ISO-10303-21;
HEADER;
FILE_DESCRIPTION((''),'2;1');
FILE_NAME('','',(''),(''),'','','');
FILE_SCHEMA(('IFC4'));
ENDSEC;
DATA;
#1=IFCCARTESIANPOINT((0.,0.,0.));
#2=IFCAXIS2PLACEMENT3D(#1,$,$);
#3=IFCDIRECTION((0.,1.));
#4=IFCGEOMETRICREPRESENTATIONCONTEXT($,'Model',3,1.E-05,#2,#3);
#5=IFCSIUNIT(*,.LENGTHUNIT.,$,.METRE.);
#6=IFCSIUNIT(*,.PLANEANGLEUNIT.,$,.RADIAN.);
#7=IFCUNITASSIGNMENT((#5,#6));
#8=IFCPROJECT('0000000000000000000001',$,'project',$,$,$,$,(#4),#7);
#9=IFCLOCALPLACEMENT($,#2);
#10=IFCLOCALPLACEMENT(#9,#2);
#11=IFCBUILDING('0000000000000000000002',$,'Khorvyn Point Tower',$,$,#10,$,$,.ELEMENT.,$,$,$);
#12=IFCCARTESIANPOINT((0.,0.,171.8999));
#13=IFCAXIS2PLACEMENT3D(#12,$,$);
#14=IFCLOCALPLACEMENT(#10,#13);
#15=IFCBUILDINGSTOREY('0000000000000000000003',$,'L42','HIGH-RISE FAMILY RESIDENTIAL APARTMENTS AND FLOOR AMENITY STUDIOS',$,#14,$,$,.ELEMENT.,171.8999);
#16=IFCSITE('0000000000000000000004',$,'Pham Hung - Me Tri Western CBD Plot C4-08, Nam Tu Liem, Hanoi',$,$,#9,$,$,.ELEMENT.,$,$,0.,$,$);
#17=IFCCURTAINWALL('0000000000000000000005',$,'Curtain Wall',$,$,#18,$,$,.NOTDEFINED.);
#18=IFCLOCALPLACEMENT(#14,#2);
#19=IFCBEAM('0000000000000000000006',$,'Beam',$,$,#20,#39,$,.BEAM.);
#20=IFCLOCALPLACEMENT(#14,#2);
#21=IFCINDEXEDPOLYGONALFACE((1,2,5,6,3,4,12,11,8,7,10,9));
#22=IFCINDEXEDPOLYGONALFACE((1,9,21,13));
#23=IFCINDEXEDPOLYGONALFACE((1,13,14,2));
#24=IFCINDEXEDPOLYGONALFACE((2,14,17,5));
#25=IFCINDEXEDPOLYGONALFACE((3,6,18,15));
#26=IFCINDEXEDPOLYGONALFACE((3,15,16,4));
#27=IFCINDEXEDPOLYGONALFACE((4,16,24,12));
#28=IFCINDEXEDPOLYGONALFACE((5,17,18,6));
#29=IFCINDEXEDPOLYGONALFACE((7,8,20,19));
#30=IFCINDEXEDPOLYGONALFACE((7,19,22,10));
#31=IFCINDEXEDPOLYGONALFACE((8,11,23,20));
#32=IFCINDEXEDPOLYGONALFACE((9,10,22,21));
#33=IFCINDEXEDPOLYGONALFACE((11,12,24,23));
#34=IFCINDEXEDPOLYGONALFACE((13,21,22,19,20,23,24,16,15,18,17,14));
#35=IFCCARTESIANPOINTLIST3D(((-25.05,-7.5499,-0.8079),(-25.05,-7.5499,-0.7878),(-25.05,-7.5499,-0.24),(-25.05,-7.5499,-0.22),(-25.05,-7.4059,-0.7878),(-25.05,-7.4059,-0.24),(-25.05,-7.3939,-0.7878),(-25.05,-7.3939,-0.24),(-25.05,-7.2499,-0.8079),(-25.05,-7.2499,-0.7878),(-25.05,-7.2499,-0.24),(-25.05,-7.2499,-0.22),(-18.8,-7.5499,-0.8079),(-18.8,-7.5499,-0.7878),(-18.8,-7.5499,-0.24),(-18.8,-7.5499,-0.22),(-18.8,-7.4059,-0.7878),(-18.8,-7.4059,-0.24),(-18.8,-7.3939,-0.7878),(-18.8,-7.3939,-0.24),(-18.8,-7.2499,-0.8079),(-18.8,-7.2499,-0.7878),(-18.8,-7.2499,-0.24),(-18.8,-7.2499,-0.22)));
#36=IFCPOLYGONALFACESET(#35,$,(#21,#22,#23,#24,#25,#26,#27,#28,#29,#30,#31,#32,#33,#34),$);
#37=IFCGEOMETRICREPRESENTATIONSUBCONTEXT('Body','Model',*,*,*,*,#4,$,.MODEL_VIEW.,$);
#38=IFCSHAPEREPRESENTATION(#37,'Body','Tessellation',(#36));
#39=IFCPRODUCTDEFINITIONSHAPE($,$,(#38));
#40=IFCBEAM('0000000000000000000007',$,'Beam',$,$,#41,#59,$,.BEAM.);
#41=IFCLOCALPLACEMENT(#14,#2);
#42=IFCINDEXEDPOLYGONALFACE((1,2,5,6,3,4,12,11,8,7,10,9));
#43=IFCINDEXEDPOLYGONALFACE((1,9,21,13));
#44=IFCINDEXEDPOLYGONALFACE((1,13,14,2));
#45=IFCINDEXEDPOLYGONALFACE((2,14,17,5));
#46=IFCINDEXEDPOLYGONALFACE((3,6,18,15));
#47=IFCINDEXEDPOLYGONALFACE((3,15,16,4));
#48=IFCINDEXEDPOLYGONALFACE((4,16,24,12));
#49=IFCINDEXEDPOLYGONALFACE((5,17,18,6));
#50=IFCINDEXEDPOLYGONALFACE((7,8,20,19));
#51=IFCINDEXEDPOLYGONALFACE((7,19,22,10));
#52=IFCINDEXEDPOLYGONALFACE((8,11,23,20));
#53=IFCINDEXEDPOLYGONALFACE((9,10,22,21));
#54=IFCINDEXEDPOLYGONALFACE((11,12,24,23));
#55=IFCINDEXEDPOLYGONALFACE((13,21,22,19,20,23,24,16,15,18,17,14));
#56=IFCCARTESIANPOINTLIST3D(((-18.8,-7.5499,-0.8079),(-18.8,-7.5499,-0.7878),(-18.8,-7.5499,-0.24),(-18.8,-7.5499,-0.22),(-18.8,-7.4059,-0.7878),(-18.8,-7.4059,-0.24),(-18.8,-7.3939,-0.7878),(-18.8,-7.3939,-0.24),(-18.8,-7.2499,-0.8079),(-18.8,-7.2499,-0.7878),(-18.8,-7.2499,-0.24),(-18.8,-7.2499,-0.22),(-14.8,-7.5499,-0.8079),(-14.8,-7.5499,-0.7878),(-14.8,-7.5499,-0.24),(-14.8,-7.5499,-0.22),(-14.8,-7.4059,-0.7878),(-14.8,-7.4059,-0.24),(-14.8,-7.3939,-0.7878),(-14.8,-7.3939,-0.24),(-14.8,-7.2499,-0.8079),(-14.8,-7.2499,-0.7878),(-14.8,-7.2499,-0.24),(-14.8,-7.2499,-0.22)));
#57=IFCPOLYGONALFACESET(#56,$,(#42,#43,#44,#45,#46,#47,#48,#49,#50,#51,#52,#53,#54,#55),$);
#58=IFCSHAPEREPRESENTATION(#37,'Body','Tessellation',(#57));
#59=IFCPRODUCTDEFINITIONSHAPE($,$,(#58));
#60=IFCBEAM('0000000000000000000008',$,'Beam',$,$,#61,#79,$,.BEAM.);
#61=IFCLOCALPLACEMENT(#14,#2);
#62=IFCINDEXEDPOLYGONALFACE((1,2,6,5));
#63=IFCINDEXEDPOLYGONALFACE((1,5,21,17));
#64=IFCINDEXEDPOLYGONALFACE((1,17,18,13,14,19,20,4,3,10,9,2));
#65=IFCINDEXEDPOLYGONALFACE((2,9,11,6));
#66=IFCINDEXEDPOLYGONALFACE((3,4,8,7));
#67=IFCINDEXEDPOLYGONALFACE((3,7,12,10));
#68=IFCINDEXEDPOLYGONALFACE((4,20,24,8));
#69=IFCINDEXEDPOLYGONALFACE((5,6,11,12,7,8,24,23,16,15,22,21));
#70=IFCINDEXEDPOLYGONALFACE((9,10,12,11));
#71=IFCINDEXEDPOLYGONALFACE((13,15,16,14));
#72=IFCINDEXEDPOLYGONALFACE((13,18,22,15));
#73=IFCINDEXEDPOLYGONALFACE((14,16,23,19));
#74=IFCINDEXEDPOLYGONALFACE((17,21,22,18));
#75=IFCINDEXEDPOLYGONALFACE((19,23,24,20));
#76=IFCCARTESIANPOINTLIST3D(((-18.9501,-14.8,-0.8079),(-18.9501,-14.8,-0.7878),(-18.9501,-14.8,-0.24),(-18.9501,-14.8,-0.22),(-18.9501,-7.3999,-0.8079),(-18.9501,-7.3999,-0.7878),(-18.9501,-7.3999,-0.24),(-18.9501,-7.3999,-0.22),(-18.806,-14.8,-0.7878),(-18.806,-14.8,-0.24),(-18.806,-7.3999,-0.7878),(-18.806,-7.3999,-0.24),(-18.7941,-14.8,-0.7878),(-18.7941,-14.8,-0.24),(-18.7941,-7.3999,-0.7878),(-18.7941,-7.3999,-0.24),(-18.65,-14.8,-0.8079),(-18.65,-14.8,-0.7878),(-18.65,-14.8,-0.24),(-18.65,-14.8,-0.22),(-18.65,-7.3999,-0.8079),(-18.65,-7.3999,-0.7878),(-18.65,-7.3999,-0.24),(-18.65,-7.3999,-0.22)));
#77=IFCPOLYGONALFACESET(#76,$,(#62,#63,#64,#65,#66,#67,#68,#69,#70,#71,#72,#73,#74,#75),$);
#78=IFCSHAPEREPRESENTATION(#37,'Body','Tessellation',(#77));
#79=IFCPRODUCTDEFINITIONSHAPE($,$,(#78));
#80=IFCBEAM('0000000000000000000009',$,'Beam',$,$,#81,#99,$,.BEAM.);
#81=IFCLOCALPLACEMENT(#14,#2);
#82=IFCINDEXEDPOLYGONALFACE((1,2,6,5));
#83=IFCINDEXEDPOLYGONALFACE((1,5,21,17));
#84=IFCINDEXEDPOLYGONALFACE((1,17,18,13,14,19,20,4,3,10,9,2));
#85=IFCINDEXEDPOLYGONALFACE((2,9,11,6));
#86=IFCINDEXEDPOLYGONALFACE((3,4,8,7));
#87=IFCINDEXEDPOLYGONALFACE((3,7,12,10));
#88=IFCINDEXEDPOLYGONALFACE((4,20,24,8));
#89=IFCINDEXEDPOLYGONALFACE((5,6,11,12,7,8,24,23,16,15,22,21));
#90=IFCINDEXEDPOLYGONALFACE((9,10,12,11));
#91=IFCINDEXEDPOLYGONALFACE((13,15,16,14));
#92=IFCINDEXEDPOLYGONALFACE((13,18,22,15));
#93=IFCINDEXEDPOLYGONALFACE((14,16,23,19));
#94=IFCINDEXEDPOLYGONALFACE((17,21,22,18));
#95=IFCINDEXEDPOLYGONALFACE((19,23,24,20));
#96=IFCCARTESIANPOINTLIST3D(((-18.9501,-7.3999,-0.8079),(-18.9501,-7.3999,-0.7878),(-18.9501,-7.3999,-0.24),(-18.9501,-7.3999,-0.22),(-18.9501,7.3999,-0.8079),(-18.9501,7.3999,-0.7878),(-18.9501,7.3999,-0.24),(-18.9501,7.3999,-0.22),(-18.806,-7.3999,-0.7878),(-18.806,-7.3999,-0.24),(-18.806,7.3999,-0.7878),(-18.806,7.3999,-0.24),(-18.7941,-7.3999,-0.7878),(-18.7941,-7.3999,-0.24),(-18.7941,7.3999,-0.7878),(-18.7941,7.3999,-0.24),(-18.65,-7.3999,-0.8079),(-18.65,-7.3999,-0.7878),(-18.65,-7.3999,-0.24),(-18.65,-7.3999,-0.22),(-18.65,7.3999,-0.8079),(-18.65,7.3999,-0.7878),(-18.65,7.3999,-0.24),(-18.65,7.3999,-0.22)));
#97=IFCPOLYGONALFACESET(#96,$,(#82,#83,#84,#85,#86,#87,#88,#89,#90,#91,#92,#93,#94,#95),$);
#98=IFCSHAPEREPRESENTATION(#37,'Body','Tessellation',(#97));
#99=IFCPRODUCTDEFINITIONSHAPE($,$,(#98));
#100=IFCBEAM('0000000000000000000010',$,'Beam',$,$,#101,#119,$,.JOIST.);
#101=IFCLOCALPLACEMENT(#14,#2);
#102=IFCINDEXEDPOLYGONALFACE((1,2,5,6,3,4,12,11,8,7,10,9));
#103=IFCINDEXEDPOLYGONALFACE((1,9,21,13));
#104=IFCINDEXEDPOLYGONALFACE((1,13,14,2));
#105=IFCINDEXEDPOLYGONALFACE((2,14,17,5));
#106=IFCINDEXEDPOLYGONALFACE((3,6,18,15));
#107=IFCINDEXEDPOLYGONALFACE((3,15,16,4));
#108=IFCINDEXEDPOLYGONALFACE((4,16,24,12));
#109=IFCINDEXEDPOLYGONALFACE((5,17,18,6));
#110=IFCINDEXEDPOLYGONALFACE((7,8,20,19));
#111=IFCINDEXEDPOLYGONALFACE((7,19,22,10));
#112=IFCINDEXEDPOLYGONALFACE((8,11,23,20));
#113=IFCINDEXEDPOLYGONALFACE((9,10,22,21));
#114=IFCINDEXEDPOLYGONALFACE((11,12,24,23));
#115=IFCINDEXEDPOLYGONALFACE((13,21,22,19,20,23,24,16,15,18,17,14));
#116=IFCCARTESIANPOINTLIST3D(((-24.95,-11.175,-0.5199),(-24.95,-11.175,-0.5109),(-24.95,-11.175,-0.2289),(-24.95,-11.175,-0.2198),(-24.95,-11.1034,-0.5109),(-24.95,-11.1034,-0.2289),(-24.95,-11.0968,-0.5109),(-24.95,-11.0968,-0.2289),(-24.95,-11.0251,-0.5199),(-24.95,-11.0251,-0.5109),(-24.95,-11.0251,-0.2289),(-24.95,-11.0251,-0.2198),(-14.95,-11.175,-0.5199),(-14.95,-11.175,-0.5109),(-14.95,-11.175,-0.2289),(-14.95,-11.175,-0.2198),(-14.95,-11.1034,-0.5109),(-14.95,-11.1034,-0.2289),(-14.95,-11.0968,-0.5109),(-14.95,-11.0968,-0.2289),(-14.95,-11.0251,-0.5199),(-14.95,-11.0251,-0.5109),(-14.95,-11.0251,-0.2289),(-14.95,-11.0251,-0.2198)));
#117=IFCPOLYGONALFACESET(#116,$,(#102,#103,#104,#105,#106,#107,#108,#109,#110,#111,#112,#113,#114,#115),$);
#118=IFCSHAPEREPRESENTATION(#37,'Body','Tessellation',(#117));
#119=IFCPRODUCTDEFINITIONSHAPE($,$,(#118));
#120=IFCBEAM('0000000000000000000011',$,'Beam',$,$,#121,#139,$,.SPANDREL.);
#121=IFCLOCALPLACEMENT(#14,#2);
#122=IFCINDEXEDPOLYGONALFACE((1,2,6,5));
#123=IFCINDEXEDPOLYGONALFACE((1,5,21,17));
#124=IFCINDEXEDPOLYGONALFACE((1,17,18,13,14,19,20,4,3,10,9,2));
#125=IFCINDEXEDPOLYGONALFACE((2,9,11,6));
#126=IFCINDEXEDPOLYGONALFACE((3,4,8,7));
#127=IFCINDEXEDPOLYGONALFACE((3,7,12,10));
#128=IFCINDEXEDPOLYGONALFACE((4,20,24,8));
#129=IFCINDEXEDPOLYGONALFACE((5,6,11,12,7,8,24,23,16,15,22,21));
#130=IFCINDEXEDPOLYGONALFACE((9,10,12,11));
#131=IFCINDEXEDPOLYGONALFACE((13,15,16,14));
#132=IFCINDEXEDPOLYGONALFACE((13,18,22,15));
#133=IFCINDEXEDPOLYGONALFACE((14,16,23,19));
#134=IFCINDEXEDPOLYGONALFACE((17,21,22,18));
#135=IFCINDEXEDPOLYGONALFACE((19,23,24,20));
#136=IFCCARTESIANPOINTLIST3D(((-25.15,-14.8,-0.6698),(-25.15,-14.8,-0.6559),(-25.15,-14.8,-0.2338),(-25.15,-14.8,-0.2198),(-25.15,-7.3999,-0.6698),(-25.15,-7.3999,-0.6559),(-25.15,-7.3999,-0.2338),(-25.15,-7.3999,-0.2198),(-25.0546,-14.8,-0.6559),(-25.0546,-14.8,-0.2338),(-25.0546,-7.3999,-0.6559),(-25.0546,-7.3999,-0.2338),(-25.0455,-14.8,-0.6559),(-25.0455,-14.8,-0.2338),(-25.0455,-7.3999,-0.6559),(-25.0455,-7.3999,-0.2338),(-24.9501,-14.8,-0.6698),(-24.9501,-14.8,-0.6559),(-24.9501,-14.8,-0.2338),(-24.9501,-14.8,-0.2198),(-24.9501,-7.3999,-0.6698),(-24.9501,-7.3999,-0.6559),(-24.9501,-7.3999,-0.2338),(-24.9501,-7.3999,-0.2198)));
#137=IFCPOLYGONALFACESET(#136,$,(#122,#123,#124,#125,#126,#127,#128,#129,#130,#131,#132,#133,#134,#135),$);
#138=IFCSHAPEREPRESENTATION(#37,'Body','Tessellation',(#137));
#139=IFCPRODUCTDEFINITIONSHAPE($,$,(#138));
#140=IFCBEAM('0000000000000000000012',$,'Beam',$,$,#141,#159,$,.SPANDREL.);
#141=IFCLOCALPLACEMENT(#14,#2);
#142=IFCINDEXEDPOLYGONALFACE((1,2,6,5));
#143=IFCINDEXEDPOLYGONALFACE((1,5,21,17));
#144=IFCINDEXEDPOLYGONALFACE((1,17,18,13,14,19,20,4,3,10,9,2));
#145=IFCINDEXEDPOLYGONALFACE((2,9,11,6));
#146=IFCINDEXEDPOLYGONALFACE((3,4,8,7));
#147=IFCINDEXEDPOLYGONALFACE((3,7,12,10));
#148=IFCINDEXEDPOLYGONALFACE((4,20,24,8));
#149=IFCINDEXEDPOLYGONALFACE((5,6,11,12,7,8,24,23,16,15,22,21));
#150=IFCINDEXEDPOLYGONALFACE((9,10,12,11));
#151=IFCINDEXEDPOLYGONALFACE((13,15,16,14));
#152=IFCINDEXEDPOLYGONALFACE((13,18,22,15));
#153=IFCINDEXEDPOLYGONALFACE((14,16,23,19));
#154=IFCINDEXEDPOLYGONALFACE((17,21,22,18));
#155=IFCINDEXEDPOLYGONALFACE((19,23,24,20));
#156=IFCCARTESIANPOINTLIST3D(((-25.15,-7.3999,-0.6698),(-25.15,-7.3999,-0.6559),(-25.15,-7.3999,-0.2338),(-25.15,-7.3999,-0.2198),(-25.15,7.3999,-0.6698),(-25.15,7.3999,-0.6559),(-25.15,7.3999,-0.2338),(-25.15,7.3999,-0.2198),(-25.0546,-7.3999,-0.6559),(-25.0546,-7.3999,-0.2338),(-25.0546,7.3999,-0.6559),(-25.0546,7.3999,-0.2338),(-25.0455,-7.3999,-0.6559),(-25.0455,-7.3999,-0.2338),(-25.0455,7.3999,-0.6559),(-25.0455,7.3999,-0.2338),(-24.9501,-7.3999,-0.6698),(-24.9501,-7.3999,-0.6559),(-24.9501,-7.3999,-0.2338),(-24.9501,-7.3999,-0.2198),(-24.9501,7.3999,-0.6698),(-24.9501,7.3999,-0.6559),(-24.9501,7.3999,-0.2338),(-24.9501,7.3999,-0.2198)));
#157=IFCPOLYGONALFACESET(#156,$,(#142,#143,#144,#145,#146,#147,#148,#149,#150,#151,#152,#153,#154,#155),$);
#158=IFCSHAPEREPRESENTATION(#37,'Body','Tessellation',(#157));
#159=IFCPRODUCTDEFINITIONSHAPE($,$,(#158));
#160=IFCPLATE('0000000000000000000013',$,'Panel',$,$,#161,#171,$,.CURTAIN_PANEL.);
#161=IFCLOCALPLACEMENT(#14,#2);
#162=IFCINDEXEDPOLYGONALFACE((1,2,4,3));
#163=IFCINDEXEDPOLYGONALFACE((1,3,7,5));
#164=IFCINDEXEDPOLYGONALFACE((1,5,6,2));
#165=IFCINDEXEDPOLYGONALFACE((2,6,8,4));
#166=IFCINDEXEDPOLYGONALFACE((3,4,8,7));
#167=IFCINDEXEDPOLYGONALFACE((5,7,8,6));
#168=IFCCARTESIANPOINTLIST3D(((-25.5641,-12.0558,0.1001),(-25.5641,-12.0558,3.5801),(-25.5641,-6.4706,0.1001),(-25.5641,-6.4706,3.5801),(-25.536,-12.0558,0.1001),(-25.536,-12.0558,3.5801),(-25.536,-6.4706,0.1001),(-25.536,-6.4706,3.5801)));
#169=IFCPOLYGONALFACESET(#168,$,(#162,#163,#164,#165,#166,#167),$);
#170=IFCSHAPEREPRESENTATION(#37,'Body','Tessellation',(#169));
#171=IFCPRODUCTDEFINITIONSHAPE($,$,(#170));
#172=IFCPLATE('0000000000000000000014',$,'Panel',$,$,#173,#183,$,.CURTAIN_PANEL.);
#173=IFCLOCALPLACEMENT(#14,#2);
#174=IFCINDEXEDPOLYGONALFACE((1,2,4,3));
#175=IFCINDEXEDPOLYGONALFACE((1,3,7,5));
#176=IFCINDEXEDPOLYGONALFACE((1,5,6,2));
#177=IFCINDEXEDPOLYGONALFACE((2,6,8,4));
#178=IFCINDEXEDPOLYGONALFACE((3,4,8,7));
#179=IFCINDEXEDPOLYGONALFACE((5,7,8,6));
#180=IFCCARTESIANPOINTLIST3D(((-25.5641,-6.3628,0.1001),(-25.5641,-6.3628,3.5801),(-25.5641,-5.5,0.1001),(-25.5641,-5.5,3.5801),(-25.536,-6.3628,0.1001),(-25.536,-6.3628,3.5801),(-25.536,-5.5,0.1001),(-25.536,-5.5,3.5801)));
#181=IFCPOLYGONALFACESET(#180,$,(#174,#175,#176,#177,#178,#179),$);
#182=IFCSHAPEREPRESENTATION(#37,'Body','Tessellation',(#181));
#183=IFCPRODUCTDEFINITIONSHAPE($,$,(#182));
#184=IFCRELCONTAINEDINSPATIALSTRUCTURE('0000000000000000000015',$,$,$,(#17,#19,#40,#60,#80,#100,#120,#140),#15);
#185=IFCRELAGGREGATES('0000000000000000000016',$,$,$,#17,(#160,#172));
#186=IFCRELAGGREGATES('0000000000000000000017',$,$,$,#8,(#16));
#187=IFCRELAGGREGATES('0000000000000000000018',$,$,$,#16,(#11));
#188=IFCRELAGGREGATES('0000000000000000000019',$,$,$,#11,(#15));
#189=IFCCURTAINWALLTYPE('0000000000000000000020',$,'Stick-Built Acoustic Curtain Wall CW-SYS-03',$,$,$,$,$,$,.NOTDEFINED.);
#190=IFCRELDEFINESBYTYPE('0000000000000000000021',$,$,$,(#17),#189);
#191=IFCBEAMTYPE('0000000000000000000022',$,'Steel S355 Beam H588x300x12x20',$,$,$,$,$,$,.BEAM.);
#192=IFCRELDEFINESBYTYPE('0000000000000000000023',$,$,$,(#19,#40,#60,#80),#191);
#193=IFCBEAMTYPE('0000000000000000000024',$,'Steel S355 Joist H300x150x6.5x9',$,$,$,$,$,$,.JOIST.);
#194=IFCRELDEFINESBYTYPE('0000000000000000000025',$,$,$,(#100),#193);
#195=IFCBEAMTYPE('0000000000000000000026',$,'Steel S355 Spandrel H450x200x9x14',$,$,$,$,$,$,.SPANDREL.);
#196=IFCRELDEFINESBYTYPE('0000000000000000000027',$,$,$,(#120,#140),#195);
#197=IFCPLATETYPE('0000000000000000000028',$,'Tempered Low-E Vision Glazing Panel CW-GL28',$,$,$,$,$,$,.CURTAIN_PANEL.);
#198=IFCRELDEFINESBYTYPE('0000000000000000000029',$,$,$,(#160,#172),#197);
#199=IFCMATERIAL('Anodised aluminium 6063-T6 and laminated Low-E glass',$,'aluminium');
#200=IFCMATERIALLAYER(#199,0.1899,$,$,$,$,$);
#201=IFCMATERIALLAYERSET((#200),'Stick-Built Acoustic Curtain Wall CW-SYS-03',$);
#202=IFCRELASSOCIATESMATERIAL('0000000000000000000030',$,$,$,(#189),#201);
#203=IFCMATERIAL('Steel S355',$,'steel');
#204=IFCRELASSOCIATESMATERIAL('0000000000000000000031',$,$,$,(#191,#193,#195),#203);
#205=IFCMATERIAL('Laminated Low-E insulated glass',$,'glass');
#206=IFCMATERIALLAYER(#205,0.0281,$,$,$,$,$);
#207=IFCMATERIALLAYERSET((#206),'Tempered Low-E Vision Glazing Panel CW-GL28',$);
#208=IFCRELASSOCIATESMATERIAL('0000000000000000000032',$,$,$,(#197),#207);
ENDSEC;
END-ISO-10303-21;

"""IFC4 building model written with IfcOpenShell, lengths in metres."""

from ifc_helpers import new_model, si_unit, direction, frame, origin, origin_2d, place, context, subcontext, project, spatial, rectangle, i_section, extrude, material, layer, layer_set, material_profile, profile_set, type_object, element, aggregate, save


model = new_model("IFC4")

# Units and contexts
model_context = context("Model", 3, precision=1e-05, world=origin(), true_north=direction((0.0, 1.0)))
body_context = subcontext(model_context, "Body", "Model", "MODEL_VIEW")
ifc_project = project(units=[si_unit("LENGTHUNIT", "METRE"), si_unit("PLANEANGLEUNIT", "RADIAN")], contexts=[model_context])

# Site, building, storey
site_placement = place(None, origin())
site = spatial("IfcSite", under=ifc_project, at=site_placement, Name="Pham Hung - Me Tri Western CBD Plot C4-08, Nam Tu Liem, Hanoi", CompositionType="ELEMENT", RefElevation=0.0)
building_placement = place(site_placement, origin())
building = spatial("IfcBuilding", under=site, at=building_placement, Name="Khorvyn Point Tower", CompositionType="ELEMENT")
storey_placement = place(building_placement, frame((0.0, 0.0, 171.8999)))
storey = spatial("IfcBuildingStorey", under=building, at=storey_placement, Name="L42", Description="HIGH-RISE FAMILY RESIDENTIAL APARTMENTS AND FLOOR AMENITY STUDIOS", CompositionType="ELEMENT", Elevation=171.8999)

# Curtain wall
ifc_material_1 = material(Name="Anodised aluminium 6063-T6 and laminated Low-E glass", Category="aluminium")
ifc_layer_1 = layer(ifc_material_1, 0.1899)
ifc_layer_set_1 = layer_set([ifc_layer_1], Name="Stick-Built Acoustic Curtain Wall CW-SYS-03")
curtain_wall_type = type_object("IfcCurtainWallType", Name="Stick-Built Acoustic Curtain Wall CW-SYS-03", PredefinedType="NOTDEFINED", material=ifc_layer_set_1)
curtain_wall_placement = place(storey_placement, origin())
curtain_wall = element("IfcCurtainWall", 1, at=curtain_wall_placement, inside=storey, type_object=curtain_wall_type, Name="Curtain Wall", PredefinedType="NOTDEFINED")

# Beams
ifc_material_2 = material(Name="Steel S355", Category="steel")
ifc_material_profile_1 = material_profile(ifc_material_2, i_section(OverallWidth=0.3, OverallDepth=0.5879, WebThickness=0.012, FlangeThickness=0.02, at=origin_2d()))
ifc_profile_set_1 = profile_set([ifc_material_profile_1], Name="Steel S355 H588x300x12x20")
beam_type_1 = type_object("IfcBeamType", Name="Steel S355 Beam H588x300x12x20", PredefinedType="BEAM", material=ifc_profile_set_1)
beam_1_placement = place(storey_placement, frame((-25.05, -7.3999, -0.5139), z_axis=(1.0, 0.0, 0.0), x_axis=(0.0, 1.0, 0.0)))
element("IfcBeam", 2, at=beam_1_placement, inside=storey, type_object=beam_type_1, Name="Beam", PredefinedType="BEAM", context=body_context, shape_type="SweptSolid", body=[
    extrude(i_section(OverallWidth=0.3, OverallDepth=0.5879, WebThickness=0.012, FlangeThickness=0.02, at=origin_2d()), origin(), (0.0, 0.0, 1.0), 6.25),
])
beam_2_placement = place(storey_placement, frame((-18.8, -7.3999, -0.5139), z_axis=(1.0, 0.0, 0.0), x_axis=(0.0, 1.0, 0.0)))
element("IfcBeam", 3, at=beam_2_placement, inside=storey, type_object=beam_type_1, Name="Beam", PredefinedType="BEAM", context=body_context, shape_type="SweptSolid", body=[
    extrude(i_section(OverallWidth=0.3, OverallDepth=0.5879, WebThickness=0.012, FlangeThickness=0.02, at=origin_2d()), origin(), (0.0, 0.0, 1.0), 4.0),
])
beam_3_placement = place(storey_placement, frame((-18.8, -14.8, -0.5139), z_axis=(0.0, 1.0, 0.0), x_axis=(-1.0, 0.0, 0.0)))
element("IfcBeam", 4, at=beam_3_placement, inside=storey, type_object=beam_type_1, Name="Beam", PredefinedType="BEAM", context=body_context, shape_type="SweptSolid", body=[
    extrude(i_section(OverallWidth=0.3, OverallDepth=0.5879, WebThickness=0.012, FlangeThickness=0.02, at=origin_2d()), origin(), (0.0, 0.0, 1.0), 7.4001),
])
beam_4_placement = place(storey_placement, frame((-18.8, -7.3999, -0.5139), z_axis=(0.0, 1.0, 0.0), x_axis=(-1.0, 0.0, 0.0)))
element("IfcBeam", 5, at=beam_4_placement, inside=storey, type_object=beam_type_1, Name="Beam", PredefinedType="BEAM", context=body_context, shape_type="SweptSolid", body=[
    extrude(i_section(OverallWidth=0.3, OverallDepth=0.5879, WebThickness=0.012, FlangeThickness=0.02, at=origin_2d()), origin(), (0.0, 0.0, 1.0), 14.7998),
])
ifc_material_profile_2 = material_profile(ifc_material_2, i_section(OverallWidth=0.1499, OverallDepth=0.3, WebThickness=0.0066, FlangeThickness=0.009, at=origin_2d()))
ifc_profile_set_2 = profile_set([ifc_material_profile_2], Name="Steel S355 H300x150x6.5x9")
beam_type_2 = type_object("IfcBeamType", Name="Steel S355 Joist H300x150x6.5x9", PredefinedType="JOIST", material=ifc_profile_set_2)
beam_5_placement = place(storey_placement, frame((-24.95, -11.1001, -0.3699), z_axis=(1.0, 0.0, 0.0), x_axis=(0.0, 1.0, 0.0)))
element("IfcBeam", 6, at=beam_5_placement, inside=storey, type_object=beam_type_2, Name="Beam", PredefinedType="JOIST", context=body_context, shape_type="SweptSolid", body=[
    extrude(i_section(OverallWidth=0.1499, OverallDepth=0.3, WebThickness=0.0066, FlangeThickness=0.009, at=origin_2d()), origin(), (0.0, 0.0, 1.0), 10.0),
])
ifc_material_profile_3 = material_profile(ifc_material_2, i_section(OverallWidth=0.2, OverallDepth=0.45, WebThickness=0.009, FlangeThickness=0.0139, at=origin_2d()))
ifc_profile_set_3 = profile_set([ifc_material_profile_3], Name="Steel S355 H450x200x9x14")
beam_type_3 = type_object("IfcBeamType", Name="Steel S355 Spandrel H450x200x9x14", PredefinedType="SPANDREL", material=ifc_profile_set_3)
beam_6_placement = place(storey_placement, frame((-25.05, -14.8, -0.4448), z_axis=(0.0, 1.0, 0.0), x_axis=(-1.0, 0.0, 0.0)))
element("IfcBeam", 7, at=beam_6_placement, inside=storey, type_object=beam_type_3, Name="Beam", PredefinedType="SPANDREL", context=body_context, shape_type="SweptSolid", body=[
    extrude(i_section(OverallWidth=0.2, OverallDepth=0.45, WebThickness=0.009, FlangeThickness=0.0139, at=origin_2d()), origin(), (0.0, 0.0, 1.0), 7.4001),
])
beam_7_placement = place(storey_placement, frame((-25.05, -7.3999, -0.4448), z_axis=(0.0, 1.0, 0.0), x_axis=(-1.0, 0.0, 0.0)))
element("IfcBeam", 8, at=beam_7_placement, inside=storey, type_object=beam_type_3, Name="Beam", PredefinedType="SPANDREL", context=body_context, shape_type="SweptSolid", body=[
    extrude(i_section(OverallWidth=0.2, OverallDepth=0.45, WebThickness=0.009, FlangeThickness=0.0139, at=origin_2d()), origin(), (0.0, 0.0, 1.0), 14.7998),
])

# Plates
ifc_material_3 = material(Name="Laminated Low-E insulated glass", Category="glass")
ifc_layer_2 = layer(ifc_material_3, 0.0281)
ifc_layer_set_2 = layer_set([ifc_layer_2], Name="Tempered Low-E Vision Glazing Panel CW-GL28")
plate_type = type_object("IfcPlateType", Name="Tempered Low-E Vision Glazing Panel CW-GL28", PredefinedType="CURTAIN_PANEL", material=ifc_layer_set_2)
plate_1_placement = place(storey_placement, frame((-25.55, -9.2632, 0.1001), z_axis=(0.0, 0.0, 1.0), x_axis=(0.0, 1.0, 0.0)))
plate_1 = element("IfcPlate", 9, at=plate_1_placement, type_object=plate_type, Name="Panel", PredefinedType="CURTAIN_PANEL", context=body_context, shape_type="SweptSolid", body=[
    extrude(rectangle(XDim=5.5852, YDim=0.0281, at=origin_2d()), origin(), (0.0, 0.0, 1.0), 3.48),
])
plate_2_placement = place(storey_placement, frame((-25.55, -5.9314, 0.1001), z_axis=(0.0, 0.0, 1.0), x_axis=(0.0, 1.0, 0.0)))
plate_2 = element("IfcPlate", 10, at=plate_2_placement, type_object=plate_type, Name="Panel", PredefinedType="CURTAIN_PANEL", context=body_context, shape_type="SweptSolid", body=[
    extrude(rectangle(XDim=0.8628, YDim=0.0281, at=origin_2d()), origin(), (0.0, 0.0, 1.0), 3.48),
])
aggregate(curtain_wall, [plate_1, plate_2])

save(model, "model.ifc")
